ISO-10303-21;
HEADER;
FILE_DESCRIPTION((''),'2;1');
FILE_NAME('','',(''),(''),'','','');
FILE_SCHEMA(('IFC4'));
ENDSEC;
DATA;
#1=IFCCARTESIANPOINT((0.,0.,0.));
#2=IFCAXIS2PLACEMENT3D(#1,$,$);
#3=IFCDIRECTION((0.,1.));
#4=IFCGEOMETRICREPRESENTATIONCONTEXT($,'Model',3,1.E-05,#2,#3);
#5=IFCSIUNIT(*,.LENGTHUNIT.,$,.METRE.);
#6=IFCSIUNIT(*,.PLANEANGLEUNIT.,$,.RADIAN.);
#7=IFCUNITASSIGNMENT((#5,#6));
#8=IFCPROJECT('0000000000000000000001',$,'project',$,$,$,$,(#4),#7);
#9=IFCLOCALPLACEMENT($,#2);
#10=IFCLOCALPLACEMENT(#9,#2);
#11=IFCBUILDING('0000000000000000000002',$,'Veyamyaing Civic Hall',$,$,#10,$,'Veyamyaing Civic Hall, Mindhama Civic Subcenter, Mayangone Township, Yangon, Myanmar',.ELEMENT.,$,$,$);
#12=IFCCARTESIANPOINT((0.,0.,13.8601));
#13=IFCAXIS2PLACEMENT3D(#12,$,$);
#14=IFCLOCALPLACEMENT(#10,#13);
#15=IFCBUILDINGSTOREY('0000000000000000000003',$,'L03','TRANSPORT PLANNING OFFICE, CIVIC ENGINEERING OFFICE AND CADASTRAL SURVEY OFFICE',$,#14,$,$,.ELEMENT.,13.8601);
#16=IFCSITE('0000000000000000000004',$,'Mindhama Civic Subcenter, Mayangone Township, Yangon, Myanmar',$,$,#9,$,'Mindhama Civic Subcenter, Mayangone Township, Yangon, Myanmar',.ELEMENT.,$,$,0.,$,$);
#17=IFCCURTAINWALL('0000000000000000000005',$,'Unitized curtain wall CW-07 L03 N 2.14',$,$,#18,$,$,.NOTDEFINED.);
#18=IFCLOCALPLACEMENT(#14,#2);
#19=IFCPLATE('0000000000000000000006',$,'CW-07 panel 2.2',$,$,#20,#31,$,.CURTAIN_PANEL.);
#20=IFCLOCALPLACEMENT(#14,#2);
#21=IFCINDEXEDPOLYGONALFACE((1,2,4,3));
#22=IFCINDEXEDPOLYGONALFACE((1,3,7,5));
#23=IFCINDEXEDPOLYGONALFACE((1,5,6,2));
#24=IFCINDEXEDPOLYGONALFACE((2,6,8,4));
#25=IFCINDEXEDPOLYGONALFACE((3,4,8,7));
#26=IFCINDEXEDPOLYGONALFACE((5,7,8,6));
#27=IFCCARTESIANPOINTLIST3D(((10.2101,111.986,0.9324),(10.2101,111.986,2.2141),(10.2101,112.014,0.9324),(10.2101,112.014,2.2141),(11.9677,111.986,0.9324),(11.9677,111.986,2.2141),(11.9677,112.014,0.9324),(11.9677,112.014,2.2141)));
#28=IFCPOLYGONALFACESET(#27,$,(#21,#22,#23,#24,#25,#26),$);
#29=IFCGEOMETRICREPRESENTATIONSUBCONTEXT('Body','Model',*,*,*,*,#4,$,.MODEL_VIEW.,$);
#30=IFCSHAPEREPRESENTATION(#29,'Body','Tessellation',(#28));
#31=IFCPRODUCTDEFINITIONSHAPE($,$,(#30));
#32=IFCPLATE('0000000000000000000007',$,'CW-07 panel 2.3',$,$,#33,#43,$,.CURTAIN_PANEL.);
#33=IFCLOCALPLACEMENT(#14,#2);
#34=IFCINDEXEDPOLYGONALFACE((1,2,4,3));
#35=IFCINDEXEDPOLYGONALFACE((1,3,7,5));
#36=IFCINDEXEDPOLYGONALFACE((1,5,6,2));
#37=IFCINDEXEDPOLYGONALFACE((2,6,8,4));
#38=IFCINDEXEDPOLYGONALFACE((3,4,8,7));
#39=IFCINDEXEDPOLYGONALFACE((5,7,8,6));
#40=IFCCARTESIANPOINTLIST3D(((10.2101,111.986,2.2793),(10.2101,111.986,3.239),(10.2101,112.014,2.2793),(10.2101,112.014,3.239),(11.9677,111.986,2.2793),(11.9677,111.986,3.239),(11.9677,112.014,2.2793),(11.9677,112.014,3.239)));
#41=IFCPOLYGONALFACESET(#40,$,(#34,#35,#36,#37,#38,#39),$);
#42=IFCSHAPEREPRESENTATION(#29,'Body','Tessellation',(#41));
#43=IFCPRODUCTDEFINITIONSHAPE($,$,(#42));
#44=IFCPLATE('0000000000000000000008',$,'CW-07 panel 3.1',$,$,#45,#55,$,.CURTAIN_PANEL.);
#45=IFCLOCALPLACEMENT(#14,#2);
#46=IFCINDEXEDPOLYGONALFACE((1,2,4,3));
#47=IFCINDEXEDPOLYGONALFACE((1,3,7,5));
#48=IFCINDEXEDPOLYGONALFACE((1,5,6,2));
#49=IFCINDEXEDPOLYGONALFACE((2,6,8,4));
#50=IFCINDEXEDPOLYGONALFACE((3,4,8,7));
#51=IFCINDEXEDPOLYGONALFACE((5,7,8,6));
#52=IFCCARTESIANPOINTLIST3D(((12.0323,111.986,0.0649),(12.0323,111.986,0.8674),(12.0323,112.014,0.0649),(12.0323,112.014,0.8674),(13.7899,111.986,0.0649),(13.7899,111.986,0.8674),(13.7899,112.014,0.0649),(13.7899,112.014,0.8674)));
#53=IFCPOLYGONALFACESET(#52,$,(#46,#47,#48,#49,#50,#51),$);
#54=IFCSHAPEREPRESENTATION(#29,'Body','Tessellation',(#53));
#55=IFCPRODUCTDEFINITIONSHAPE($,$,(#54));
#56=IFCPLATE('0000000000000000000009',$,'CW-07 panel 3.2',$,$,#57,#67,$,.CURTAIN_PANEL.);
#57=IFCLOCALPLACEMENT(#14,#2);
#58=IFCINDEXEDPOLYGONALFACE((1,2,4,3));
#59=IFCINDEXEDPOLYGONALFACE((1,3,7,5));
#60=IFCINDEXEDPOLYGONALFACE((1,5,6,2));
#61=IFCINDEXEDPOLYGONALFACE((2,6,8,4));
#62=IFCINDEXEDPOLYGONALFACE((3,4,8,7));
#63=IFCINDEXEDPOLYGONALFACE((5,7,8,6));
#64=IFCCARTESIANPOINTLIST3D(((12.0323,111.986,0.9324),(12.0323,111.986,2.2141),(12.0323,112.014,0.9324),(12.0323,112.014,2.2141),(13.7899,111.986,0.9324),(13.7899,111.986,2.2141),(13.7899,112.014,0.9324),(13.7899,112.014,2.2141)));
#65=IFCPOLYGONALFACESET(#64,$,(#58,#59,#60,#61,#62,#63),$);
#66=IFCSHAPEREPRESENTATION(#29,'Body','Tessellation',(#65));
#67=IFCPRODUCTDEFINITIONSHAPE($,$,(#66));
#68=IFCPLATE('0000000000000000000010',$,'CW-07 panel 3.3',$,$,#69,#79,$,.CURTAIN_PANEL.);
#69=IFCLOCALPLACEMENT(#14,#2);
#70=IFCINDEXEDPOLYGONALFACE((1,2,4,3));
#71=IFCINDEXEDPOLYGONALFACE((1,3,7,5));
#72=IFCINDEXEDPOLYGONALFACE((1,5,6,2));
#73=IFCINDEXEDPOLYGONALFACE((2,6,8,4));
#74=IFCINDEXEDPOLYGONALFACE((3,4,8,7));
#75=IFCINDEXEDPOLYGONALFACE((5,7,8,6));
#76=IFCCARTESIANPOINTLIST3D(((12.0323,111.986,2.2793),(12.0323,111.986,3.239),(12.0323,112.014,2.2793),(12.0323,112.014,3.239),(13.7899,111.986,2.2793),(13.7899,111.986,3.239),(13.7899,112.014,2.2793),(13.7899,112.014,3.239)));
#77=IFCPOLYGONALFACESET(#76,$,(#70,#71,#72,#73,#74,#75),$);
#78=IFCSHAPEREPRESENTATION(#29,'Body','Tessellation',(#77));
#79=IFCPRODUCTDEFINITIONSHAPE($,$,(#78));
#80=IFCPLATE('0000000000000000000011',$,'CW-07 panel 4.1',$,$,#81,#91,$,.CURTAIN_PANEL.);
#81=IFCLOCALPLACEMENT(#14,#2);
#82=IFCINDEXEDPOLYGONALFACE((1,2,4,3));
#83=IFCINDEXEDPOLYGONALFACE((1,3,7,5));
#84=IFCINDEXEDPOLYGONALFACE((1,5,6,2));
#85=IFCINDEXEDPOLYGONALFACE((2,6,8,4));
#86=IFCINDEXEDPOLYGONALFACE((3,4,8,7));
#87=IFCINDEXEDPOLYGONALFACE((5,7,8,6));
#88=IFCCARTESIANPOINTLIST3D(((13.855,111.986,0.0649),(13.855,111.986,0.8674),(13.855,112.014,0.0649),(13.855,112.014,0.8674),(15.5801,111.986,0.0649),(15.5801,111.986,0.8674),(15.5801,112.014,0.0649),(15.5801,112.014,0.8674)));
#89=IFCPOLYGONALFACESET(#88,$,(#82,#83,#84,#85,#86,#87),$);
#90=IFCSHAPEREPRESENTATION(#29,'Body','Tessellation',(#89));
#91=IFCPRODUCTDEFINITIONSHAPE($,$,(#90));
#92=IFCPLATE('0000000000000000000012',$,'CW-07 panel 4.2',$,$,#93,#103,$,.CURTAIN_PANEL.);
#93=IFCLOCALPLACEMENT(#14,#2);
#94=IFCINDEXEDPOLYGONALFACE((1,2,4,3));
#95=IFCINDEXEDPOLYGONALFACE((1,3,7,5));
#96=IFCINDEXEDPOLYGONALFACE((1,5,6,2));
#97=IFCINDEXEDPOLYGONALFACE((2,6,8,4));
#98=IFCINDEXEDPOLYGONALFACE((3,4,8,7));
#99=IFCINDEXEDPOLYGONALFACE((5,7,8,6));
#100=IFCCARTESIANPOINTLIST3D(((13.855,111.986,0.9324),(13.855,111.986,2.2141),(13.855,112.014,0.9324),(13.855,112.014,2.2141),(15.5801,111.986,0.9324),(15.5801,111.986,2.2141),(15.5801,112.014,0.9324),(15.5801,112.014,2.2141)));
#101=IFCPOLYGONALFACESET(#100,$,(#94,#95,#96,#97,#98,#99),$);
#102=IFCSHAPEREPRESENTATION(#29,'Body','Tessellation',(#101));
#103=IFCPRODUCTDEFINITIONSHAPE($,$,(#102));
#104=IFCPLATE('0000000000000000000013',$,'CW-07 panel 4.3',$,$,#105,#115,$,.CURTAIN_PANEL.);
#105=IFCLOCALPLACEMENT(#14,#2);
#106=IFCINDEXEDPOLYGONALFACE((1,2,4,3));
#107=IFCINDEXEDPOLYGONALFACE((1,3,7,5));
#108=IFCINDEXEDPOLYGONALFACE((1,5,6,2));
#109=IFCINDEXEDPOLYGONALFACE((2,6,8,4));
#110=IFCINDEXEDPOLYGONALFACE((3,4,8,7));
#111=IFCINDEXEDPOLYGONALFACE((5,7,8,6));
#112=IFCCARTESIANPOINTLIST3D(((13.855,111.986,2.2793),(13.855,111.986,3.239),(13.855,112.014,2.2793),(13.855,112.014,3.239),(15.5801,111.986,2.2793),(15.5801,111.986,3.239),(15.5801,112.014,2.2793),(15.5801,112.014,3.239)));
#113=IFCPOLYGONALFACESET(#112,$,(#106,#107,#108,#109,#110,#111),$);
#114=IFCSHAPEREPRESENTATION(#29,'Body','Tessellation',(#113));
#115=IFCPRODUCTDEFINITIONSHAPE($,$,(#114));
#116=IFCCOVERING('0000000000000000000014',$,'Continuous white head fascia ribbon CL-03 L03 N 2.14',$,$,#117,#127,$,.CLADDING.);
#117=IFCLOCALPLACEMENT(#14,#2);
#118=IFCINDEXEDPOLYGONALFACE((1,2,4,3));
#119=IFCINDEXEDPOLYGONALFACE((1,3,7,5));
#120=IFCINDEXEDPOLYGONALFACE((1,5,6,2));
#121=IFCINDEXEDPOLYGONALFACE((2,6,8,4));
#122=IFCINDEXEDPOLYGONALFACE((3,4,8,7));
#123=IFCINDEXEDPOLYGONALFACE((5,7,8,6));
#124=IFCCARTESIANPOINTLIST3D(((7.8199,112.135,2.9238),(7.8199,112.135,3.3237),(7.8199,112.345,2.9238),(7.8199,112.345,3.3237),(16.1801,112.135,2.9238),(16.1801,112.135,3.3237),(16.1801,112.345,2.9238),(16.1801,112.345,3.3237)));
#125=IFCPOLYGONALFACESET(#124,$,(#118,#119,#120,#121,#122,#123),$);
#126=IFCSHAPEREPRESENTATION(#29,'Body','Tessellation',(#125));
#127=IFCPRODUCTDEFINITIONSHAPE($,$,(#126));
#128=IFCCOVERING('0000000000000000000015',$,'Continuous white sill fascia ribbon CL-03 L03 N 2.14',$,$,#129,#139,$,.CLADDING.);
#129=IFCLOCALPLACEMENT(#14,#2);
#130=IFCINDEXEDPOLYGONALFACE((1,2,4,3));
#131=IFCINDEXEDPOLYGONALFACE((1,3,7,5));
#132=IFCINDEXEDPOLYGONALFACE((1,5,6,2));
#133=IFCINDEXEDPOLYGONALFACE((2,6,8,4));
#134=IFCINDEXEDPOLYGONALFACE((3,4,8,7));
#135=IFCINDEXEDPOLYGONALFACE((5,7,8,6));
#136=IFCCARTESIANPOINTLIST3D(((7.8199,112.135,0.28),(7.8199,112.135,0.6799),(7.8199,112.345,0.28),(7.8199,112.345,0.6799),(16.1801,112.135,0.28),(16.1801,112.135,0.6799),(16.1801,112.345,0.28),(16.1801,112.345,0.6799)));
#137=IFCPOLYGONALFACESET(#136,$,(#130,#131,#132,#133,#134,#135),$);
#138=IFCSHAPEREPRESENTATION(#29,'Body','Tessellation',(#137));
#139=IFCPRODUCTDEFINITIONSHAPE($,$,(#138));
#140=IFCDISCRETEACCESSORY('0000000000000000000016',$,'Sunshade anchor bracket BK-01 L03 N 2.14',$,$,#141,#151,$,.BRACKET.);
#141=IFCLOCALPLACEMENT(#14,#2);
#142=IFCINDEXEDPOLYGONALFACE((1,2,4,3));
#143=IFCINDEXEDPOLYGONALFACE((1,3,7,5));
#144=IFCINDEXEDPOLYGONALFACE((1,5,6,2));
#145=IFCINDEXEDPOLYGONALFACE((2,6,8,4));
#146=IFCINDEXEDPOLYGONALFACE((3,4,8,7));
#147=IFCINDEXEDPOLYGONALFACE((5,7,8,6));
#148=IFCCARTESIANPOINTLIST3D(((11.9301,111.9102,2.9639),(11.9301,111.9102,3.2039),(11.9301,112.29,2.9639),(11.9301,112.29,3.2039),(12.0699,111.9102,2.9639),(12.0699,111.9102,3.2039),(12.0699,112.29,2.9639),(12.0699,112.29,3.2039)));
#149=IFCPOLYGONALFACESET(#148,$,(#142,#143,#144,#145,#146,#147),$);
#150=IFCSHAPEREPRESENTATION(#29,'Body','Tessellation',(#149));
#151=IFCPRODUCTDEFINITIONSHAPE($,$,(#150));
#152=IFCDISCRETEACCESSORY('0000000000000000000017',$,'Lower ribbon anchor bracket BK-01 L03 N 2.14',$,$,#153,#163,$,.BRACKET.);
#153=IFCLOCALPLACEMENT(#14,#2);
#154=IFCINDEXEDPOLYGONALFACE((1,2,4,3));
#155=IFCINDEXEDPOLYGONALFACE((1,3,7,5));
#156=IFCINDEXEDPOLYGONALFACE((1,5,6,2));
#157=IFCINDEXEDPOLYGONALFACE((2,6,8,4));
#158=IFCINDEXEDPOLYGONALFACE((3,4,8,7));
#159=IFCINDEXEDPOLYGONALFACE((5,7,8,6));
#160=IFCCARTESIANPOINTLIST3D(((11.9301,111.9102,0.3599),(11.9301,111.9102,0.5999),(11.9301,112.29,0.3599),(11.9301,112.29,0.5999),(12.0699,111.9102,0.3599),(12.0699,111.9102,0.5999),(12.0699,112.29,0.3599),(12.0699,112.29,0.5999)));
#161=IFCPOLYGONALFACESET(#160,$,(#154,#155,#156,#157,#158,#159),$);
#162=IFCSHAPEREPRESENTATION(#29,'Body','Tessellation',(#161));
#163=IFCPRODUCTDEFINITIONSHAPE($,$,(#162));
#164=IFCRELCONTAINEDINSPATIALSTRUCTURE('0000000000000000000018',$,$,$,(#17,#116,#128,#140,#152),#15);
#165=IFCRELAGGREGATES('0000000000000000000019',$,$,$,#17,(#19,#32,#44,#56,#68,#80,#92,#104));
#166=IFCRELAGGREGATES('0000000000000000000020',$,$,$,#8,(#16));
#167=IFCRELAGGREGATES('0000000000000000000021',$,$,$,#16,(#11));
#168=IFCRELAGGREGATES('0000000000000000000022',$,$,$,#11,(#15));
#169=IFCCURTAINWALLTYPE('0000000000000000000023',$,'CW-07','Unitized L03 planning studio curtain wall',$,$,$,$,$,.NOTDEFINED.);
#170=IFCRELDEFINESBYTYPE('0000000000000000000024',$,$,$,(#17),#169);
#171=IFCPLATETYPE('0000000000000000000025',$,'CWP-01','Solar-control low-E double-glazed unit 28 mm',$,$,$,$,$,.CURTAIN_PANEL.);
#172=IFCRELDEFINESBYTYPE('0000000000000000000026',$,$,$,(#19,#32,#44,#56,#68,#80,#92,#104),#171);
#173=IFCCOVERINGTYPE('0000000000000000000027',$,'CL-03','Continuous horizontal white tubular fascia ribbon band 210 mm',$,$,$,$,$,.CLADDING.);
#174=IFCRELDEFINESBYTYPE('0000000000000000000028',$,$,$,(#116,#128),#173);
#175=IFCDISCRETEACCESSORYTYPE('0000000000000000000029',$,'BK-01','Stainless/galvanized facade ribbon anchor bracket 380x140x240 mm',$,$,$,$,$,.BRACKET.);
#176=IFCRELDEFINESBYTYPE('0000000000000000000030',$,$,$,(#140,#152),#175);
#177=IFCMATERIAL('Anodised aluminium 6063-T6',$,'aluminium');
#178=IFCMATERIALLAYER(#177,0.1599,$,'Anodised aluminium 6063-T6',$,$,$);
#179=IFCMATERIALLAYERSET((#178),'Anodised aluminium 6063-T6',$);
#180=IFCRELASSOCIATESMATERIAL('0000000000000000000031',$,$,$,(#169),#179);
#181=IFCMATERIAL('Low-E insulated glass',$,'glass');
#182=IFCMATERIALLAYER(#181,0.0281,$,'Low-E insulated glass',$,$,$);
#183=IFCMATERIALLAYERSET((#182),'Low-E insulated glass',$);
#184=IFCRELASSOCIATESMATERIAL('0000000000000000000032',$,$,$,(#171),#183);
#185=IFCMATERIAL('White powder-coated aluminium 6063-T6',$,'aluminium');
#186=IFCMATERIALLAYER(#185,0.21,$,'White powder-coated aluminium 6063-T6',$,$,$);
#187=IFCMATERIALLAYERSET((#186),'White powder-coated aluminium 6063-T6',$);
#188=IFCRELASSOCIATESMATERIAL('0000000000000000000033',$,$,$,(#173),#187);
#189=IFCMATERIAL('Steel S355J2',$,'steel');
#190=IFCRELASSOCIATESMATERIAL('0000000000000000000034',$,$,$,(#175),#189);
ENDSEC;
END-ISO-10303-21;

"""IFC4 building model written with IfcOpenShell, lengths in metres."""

from ifc_helpers import new_model, si_unit, direction, frame, origin, origin_2d, place, context, subcontext, project, spatial, rectangle, extrude, material, layer, layer_set, type_object, element, aggregate, save


model = new_model("IFC4")

# Units and contexts
model_context = context("Model", 3, precision=1e-05, world=origin(), true_north=direction((0.0, 1.0)))
body_context = subcontext(model_context, "Body", "Model", "MODEL_VIEW")
ifc_project = project(units=[si_unit("LENGTHUNIT", "METRE"), si_unit("PLANEANGLEUNIT", "RADIAN")], contexts=[model_context])

# Site, building, storey
site_placement = place(None, origin())
site = spatial("IfcSite", under=ifc_project, at=site_placement, Name="Mindhama Civic Subcenter, Mayangone Township, Yangon, Myanmar", LongName="Mindhama Civic Subcenter, Mayangone Township, Yangon, Myanmar", CompositionType="ELEMENT", RefElevation=0.0)
building_placement = place(site_placement, origin())
building = spatial("IfcBuilding", under=site, at=building_placement, Name="Veyamyaing Civic Hall", LongName="Veyamyaing Civic Hall, Mindhama Civic Subcenter, Mayangone Township, Yangon, Myanmar", CompositionType="ELEMENT")
storey_placement = place(building_placement, frame((0.0, 0.0, 13.8601)))
storey = spatial("IfcBuildingStorey", under=building, at=storey_placement, Name="L03", Description="TRANSPORT PLANNING OFFICE, CIVIC ENGINEERING OFFICE AND CADASTRAL SURVEY OFFICE", CompositionType="ELEMENT", Elevation=13.8601)

# Curtain wall
ifc_material_1 = material(Name="Anodised aluminium 6063-T6", Category="aluminium")
ifc_layer_1 = layer(ifc_material_1, 0.1599, Name="Anodised aluminium 6063-T6")
ifc_layer_set_1 = layer_set([ifc_layer_1], Name="Anodised aluminium 6063-T6")
curtain_wall_type = type_object("IfcCurtainWallType", Name="CW-07", Description="Unitized L03 planning studio curtain wall", PredefinedType="NOTDEFINED", material=ifc_layer_set_1)
curtain_wall_placement = place(storey_placement, origin())
curtain_wall = element("IfcCurtainWall", 1, at=curtain_wall_placement, inside=storey, type_object=curtain_wall_type, Name="Unitized curtain wall CW-07 L03 N 2.14", PredefinedType="NOTDEFINED")

# Plates
ifc_material_2 = material(Name="Low-E insulated glass", Category="glass")
ifc_layer_2 = layer(ifc_material_2, 0.0281, Name="Low-E insulated glass")
ifc_layer_set_2 = layer_set([ifc_layer_2], Name="Low-E insulated glass")
plate_type = type_object("IfcPlateType", Name="CWP-01", Description="Solar-control low-E double-glazed unit 28 mm", PredefinedType="CURTAIN_PANEL", material=ifc_layer_set_2)
plate_1_placement = place(storey_placement, frame((11.0889, 112.0, 0.9324), z_axis=(0.0, 0.0, 1.0), x_axis=(1.0, 0.0, 0.0)))
plate_1 = element("IfcPlate", 2, at=plate_1_placement, type_object=plate_type, Name="CW-07 panel 2.2", PredefinedType="CURTAIN_PANEL", context=body_context, shape_type="SweptSolid", body=[
    extrude(rectangle(XDim=1.7576, YDim=0.0281, at=origin_2d()), origin(), (0.0, 0.0, 1.0), 1.2817),
])
plate_2_placement = place(storey_placement, frame((11.0889, 112.0, 2.2793), z_axis=(0.0, 0.0, 1.0), x_axis=(1.0, 0.0, 0.0)))
plate_2 = element("IfcPlate", 3, at=plate_2_placement, type_object=plate_type, Name="CW-07 panel 2.3", PredefinedType="CURTAIN_PANEL", context=body_context, shape_type="SweptSolid", body=[
    extrude(rectangle(XDim=1.7576, YDim=0.0281, at=origin_2d()), origin(), (0.0, 0.0, 1.0), 0.9597),
])
plate_3_placement = place(storey_placement, frame((12.9111, 112.0, 0.0649), z_axis=(0.0, 0.0, 1.0), x_axis=(1.0, 0.0, 0.0)))
plate_3 = element("IfcPlate", 4, at=plate_3_placement, type_object=plate_type, Name="CW-07 panel 3.1", PredefinedType="CURTAIN_PANEL", context=body_context, shape_type="SweptSolid", body=[
    extrude(rectangle(XDim=1.7576, YDim=0.0281, at=origin_2d()), origin(), (0.0, 0.0, 1.0), 0.8025),
])
plate_4_placement = place(storey_placement, frame((12.9111, 112.0, 0.9324), z_axis=(0.0, 0.0, 1.0), x_axis=(1.0, 0.0, 0.0)))
plate_4 = element("IfcPlate", 5, at=plate_4_placement, type_object=plate_type, Name="CW-07 panel 3.2", PredefinedType="CURTAIN_PANEL", context=body_context, shape_type="SweptSolid", body=[
    extrude(rectangle(XDim=1.7576, YDim=0.0281, at=origin_2d()), origin(), (0.0, 0.0, 1.0), 1.2817),
])
plate_5_placement = place(storey_placement, frame((12.9111, 112.0, 2.2793), z_axis=(0.0, 0.0, 1.0), x_axis=(1.0, 0.0, 0.0)))
plate_5 = element("IfcPlate", 6, at=plate_5_placement, type_object=plate_type, Name="CW-07 panel 3.3", PredefinedType="CURTAIN_PANEL", context=body_context, shape_type="SweptSolid", body=[
    extrude(rectangle(XDim=1.7576, YDim=0.0281, at=origin_2d()), origin(), (0.0, 0.0, 1.0), 0.9597),
])
plate_6_placement = place(storey_placement, frame((14.7175, 112.0, 0.0649), z_axis=(0.0, 0.0, 1.0), x_axis=(1.0, 0.0, 0.0)))
plate_6 = element("IfcPlate", 7, at=plate_6_placement, type_object=plate_type, Name="CW-07 panel 4.1", PredefinedType="CURTAIN_PANEL", context=body_context, shape_type="SweptSolid", body=[
    extrude(rectangle(XDim=1.7251, YDim=0.0281, at=origin_2d()), origin(), (0.0, 0.0, 1.0), 0.8025),
])
plate_7_placement = place(storey_placement, frame((14.7175, 112.0, 0.9324), z_axis=(0.0, 0.0, 1.0), x_axis=(1.0, 0.0, 0.0)))
plate_7 = element("IfcPlate", 8, at=plate_7_placement, type_object=plate_type, Name="CW-07 panel 4.2", PredefinedType="CURTAIN_PANEL", context=body_context, shape_type="SweptSolid", body=[
    extrude(rectangle(XDim=1.7251, YDim=0.0281, at=origin_2d()), origin(), (0.0, 0.0, 1.0), 1.2817),
])
plate_8_placement = place(storey_placement, frame((14.7175, 112.0, 2.2793), z_axis=(0.0, 0.0, 1.0), x_axis=(1.0, 0.0, 0.0)))
plate_8 = element("IfcPlate", 9, at=plate_8_placement, type_object=plate_type, Name="CW-07 panel 4.3", PredefinedType="CURTAIN_PANEL", context=body_context, shape_type="SweptSolid", body=[
    extrude(rectangle(XDim=1.7251, YDim=0.0281, at=origin_2d()), origin(), (0.0, 0.0, 1.0), 0.9597),
])
aggregate(curtain_wall, [plate_1, plate_2, plate_3, plate_4, plate_5, plate_6, plate_7, plate_8])

# Coverings
ifc_material_3 = material(Name="White powder-coated aluminium 6063-T6", Category="aluminium")
ifc_layer_3 = layer(ifc_material_3, 0.21, Name="White powder-coated aluminium 6063-T6")
ifc_layer_set_3 = layer_set([ifc_layer_3], Name="White powder-coated aluminium 6063-T6")
covering_type = type_object("IfcCoveringType", Name="CL-03", Description="Continuous horizontal white tubular fascia ribbon band 210 mm", PredefinedType="CLADDING", material=ifc_layer_set_3)
for number, where, z_axis, x_axis, name in (
    (10, (12.0, 112.24, 2.9238), (0.0, 0.0, 1.0), (1.0, 0.0, 0.0), "Continuous white head fascia ribbon CL-03 L03 N 2.14"),
    (11, (12.0, 112.24, 0.28), (0.0, 0.0, 1.0), (1.0, 0.0, 0.0), "Continuous white sill fascia ribbon CL-03 L03 N 2.14"),
):
    element("IfcCovering", number, at=place(storey_placement, frame(where, z_axis=z_axis, x_axis=x_axis)), inside=storey, type_object=covering_type, Name=name, PredefinedType="CLADDING", context=body_context, shape_type="SweptSolid", body=[
        extrude(rectangle(XDim=8.3601, YDim=0.21, at=origin_2d()), origin(), (0.0, 0.0, 1.0), 0.3999),
    ])

# Discrete accessories
ifc_material_4 = material(Name="Steel S355J2", Category="steel")
discrete_accessory_type = type_object("IfcDiscreteAccessoryType", Name="BK-01", Description="Stainless/galvanized facade ribbon anchor bracket 380x140x240 mm", PredefinedType="BRACKET", material=ifc_material_4)
for number, where, z_axis, x_axis, name in (
    (12, (12.0, 112.1001, 2.9639), (0.0, 0.0, 1.0), (0.0, 1.0, 0.0), "Sunshade anchor bracket BK-01 L03 N 2.14"),
    (13, (12.0, 112.1001, 0.3599), (0.0, 0.0, 1.0), (0.0, 1.0, 0.0), "Lower ribbon anchor bracket BK-01 L03 N 2.14"),
):
    element("IfcDiscreteAccessory", number, at=place(storey_placement, frame(where, z_axis=z_axis, x_axis=x_axis)), inside=storey, type_object=discrete_accessory_type, Name=name, PredefinedType="BRACKET", context=body_context, shape_type="SweptSolid", body=[
        extrude(rectangle(XDim=0.3799, YDim=0.1399, at=origin_2d()), origin(), (0.0, 0.0, 1.0), 0.24),
    ])

save(model, "model.ifc")
